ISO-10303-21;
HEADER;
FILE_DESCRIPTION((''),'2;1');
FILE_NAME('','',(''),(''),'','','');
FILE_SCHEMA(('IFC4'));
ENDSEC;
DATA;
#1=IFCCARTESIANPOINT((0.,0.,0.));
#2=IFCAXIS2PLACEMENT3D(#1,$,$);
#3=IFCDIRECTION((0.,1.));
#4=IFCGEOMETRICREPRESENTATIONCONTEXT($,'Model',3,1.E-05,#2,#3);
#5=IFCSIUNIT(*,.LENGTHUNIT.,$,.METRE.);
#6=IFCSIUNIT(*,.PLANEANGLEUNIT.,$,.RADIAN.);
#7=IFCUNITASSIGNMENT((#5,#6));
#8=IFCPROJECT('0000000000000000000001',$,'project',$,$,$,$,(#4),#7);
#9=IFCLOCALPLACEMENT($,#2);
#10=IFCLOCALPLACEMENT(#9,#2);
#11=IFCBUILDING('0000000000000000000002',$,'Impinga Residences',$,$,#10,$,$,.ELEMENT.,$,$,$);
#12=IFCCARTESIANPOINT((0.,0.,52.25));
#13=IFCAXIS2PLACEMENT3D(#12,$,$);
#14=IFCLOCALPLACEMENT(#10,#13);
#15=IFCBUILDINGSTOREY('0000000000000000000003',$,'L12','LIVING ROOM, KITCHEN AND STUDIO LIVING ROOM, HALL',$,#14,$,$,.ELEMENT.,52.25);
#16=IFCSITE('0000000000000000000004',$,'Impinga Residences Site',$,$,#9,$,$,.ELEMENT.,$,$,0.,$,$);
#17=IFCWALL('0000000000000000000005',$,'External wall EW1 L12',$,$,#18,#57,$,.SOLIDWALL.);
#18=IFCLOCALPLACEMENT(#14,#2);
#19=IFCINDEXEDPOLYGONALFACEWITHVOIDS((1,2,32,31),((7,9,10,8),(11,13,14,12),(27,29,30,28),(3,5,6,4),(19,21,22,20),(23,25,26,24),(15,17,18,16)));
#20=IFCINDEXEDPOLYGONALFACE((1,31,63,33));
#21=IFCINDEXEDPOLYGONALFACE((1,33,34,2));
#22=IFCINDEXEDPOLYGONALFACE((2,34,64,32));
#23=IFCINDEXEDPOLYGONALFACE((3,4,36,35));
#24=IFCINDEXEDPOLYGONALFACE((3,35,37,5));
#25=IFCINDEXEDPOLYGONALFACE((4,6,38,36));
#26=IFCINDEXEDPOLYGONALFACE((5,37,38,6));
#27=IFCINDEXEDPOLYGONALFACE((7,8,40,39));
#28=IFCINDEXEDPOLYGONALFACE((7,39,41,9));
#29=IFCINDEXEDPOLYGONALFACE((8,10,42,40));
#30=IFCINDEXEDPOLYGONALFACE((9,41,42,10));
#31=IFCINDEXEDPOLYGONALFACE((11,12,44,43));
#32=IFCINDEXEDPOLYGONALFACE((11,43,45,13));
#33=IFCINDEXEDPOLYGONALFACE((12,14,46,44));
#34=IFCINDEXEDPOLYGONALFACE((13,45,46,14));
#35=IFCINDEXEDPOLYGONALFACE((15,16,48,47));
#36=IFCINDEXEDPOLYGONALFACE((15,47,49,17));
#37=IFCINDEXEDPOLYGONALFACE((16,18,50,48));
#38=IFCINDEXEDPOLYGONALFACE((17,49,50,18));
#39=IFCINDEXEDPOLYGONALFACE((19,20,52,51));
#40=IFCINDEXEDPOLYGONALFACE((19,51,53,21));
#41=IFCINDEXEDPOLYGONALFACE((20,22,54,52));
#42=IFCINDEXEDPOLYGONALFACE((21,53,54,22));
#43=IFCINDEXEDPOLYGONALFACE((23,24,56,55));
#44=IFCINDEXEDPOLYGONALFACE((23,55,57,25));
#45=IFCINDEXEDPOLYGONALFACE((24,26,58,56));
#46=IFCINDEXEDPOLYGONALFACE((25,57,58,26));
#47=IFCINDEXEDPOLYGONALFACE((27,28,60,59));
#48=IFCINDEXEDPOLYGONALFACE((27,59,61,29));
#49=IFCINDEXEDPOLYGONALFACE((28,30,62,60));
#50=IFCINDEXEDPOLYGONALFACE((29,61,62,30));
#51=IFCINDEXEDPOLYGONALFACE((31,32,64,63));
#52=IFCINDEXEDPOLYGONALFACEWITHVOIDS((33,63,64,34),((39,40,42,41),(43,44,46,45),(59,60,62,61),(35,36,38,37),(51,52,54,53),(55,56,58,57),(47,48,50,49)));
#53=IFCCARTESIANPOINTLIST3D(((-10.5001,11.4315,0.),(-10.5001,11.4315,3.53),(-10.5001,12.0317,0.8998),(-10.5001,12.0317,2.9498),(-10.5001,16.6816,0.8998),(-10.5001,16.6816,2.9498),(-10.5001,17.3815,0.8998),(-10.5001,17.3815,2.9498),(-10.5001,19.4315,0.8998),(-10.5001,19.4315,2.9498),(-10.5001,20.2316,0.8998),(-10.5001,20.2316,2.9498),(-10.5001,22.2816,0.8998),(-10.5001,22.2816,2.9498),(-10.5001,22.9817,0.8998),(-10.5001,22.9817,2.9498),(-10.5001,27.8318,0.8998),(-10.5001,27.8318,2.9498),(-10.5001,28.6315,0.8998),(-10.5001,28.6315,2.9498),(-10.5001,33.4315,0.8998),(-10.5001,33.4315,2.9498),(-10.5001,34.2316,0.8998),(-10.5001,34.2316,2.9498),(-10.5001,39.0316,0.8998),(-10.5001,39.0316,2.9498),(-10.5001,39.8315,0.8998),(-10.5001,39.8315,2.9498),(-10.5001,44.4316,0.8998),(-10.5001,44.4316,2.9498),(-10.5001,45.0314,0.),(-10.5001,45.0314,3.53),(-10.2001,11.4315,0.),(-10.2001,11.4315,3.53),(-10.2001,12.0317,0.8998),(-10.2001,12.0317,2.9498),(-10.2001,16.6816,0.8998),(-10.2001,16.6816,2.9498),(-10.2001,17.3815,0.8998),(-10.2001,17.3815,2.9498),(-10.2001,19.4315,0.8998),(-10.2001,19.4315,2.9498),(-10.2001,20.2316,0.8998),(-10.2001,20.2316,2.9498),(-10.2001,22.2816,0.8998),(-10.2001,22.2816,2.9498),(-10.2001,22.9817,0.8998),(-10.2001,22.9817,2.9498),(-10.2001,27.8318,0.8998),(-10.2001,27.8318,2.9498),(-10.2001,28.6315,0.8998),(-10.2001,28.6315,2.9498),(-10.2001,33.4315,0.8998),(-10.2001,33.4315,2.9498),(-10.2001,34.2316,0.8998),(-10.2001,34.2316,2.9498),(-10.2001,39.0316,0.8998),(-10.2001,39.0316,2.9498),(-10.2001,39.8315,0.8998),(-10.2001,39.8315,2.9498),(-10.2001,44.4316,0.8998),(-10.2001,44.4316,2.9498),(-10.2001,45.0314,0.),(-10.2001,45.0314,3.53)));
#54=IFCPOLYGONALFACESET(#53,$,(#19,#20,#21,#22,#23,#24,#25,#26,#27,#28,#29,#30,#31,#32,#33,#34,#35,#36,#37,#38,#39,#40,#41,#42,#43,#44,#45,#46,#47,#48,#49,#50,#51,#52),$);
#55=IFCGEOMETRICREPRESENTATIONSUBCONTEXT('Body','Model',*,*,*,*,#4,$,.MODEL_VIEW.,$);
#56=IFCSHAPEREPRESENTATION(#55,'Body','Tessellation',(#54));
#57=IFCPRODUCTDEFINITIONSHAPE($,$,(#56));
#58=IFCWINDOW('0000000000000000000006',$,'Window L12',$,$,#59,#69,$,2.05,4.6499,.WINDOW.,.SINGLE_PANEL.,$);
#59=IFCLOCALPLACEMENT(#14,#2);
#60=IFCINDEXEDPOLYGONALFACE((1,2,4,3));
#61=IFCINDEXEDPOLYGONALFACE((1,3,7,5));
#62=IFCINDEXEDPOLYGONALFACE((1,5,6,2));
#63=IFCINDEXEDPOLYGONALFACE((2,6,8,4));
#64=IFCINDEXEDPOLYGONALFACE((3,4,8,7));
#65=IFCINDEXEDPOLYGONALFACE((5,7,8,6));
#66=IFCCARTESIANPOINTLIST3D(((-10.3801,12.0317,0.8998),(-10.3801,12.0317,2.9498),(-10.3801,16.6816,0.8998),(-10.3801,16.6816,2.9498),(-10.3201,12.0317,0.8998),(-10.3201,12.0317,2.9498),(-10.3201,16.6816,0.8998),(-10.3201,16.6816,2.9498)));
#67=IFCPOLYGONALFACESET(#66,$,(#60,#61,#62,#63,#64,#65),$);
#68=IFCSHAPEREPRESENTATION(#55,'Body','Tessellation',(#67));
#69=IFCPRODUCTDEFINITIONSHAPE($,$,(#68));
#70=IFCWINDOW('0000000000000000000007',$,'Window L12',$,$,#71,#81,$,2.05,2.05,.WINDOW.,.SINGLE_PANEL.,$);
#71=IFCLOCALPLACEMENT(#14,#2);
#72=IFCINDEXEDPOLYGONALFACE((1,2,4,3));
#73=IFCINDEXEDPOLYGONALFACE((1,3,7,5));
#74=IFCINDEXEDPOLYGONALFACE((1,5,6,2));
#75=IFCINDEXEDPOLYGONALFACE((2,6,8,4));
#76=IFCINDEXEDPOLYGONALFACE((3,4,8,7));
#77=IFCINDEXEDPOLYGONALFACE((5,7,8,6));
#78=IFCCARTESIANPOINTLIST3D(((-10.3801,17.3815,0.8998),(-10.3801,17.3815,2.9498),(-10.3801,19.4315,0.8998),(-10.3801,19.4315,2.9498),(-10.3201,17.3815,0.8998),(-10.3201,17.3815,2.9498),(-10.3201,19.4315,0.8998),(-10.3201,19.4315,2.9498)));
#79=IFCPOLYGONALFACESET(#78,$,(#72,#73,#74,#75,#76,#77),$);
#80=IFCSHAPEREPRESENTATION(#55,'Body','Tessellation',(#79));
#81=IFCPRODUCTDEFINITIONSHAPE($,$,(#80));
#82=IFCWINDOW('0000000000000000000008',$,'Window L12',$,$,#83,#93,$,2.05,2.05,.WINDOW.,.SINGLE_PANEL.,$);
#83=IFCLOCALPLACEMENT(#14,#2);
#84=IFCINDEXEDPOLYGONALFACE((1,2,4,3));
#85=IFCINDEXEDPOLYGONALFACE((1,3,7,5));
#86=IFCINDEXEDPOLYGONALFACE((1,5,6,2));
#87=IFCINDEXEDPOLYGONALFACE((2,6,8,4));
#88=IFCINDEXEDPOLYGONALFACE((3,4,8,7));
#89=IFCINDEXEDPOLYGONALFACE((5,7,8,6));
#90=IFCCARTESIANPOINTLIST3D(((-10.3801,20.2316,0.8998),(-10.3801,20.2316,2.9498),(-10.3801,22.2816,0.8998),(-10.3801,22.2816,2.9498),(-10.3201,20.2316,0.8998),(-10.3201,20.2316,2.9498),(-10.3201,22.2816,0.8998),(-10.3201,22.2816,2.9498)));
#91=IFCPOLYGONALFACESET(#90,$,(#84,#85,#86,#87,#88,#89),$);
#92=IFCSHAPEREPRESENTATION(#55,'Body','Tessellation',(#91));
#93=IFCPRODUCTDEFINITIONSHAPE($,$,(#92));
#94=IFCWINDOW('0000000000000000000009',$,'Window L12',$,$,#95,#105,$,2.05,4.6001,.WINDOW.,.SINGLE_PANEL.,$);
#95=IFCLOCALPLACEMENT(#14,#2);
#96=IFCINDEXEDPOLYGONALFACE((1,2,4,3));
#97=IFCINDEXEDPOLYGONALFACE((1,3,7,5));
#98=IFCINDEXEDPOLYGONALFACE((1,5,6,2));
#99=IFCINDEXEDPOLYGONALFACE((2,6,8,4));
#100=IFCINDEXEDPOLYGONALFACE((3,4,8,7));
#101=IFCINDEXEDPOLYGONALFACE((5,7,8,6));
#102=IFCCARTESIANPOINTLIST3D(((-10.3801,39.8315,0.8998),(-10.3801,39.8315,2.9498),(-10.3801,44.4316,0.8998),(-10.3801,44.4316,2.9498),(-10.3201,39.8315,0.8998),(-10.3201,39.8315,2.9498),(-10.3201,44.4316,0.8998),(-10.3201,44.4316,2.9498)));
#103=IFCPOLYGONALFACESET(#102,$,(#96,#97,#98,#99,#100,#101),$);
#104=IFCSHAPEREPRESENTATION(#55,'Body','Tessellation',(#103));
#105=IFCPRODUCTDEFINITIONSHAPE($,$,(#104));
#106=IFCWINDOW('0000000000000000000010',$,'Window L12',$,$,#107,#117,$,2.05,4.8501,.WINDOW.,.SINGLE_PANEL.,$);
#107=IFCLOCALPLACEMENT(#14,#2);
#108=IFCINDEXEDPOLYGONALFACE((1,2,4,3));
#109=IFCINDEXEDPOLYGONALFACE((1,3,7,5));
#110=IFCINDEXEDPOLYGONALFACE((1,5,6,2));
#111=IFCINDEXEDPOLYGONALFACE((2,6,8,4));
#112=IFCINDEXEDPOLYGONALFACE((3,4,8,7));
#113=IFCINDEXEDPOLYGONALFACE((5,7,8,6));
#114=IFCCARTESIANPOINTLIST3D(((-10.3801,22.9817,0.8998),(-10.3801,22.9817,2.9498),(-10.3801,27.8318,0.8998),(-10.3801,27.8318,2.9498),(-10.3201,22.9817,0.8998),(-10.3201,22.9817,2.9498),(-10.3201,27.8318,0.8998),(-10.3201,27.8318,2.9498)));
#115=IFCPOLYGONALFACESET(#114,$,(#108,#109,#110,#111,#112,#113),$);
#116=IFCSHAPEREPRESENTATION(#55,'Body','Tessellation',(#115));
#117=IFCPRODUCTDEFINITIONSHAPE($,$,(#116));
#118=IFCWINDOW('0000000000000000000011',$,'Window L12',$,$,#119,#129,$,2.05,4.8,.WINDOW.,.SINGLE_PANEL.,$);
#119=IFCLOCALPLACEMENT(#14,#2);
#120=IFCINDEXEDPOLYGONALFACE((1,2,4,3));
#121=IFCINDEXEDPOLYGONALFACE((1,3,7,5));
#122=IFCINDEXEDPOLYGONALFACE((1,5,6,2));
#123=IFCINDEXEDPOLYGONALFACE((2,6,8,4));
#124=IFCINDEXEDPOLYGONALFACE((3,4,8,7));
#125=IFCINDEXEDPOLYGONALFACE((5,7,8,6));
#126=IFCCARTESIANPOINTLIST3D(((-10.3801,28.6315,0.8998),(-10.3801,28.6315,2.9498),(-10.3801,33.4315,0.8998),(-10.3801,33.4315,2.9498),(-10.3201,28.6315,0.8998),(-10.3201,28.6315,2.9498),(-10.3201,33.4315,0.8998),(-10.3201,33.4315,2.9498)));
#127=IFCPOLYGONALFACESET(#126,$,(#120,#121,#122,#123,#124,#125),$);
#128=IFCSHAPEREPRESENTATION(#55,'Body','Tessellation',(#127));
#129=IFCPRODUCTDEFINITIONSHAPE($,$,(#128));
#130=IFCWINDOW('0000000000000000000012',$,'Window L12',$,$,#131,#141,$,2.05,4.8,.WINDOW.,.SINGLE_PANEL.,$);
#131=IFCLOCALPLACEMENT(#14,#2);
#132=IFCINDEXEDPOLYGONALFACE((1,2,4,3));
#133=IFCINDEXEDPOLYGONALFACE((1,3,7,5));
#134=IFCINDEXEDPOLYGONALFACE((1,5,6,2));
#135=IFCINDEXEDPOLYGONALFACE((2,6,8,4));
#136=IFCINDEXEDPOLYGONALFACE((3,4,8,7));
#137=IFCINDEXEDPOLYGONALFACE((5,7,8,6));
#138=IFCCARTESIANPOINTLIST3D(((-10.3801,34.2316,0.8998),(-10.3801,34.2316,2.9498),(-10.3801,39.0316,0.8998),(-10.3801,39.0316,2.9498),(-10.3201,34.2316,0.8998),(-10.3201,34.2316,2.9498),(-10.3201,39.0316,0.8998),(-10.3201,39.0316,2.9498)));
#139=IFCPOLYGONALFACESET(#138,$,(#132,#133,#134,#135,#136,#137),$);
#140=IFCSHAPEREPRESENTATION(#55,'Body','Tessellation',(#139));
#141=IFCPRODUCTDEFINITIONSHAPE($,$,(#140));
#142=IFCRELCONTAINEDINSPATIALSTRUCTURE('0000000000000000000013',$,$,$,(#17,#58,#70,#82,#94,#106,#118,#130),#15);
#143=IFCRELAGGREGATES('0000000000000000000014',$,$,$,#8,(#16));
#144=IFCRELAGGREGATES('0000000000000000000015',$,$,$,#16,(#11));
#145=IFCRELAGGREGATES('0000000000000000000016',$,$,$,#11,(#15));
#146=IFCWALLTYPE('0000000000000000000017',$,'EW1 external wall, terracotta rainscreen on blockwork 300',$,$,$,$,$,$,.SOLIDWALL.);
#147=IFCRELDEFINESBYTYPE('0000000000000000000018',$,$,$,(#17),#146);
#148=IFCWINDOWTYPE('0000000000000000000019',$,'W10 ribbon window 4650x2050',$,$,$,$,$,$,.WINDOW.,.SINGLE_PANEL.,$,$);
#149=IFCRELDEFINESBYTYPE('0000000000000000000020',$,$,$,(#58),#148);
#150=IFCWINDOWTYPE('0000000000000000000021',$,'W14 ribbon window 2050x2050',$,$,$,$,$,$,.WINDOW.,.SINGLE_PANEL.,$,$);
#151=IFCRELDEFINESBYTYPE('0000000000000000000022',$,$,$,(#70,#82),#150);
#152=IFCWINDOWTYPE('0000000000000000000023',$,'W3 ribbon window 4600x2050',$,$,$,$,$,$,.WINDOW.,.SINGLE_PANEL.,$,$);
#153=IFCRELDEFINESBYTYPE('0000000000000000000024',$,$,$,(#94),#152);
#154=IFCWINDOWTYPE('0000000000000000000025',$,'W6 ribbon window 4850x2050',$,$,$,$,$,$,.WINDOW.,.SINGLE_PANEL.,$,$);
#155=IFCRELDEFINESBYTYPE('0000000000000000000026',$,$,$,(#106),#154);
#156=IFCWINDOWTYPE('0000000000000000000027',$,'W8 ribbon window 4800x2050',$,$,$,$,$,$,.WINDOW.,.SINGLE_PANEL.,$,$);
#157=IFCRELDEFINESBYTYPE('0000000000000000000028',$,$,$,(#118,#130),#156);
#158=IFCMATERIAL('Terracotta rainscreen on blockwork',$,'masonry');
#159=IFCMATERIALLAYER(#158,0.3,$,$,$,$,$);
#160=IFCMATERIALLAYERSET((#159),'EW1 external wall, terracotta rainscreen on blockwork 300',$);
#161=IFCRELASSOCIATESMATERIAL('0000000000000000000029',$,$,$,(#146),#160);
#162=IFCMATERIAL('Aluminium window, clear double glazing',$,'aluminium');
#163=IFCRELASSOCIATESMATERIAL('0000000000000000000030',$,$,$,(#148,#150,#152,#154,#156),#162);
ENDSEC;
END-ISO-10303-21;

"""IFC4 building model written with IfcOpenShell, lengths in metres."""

from ifc_helpers import new_model, si_unit, direction, frame, frame_2d, origin, place, context, subcontext, project, spatial, rectangle, extrude, material, layer, layer_set, type_object, element, fill, save


model = new_model("IFC4")

# Units and contexts
model_context = context("Model", 3, precision=1e-05, world=origin(), true_north=direction((0.0, 1.0)))
body_context = subcontext(model_context, "Body", "Model", "MODEL_VIEW")
ifc_project = project(units=[si_unit("LENGTHUNIT", "METRE"), si_unit("PLANEANGLEUNIT", "RADIAN")], contexts=[model_context])

# Site, building, storey
site_placement = place(None, origin())
site = spatial("IfcSite", under=ifc_project, at=site_placement, Name="Impinga Residences Site", CompositionType="ELEMENT", RefElevation=0.0)
building_placement = place(site_placement, origin())
building = spatial("IfcBuilding", under=site, at=building_placement, Name="Impinga Residences", CompositionType="ELEMENT")
storey_placement = place(building_placement, frame((0.0, 0.0, 52.25)))
storey = spatial("IfcBuildingStorey", under=building, at=storey_placement, Name="L12", Description="LIVING ROOM, KITCHEN AND STUDIO LIVING ROOM, HALL", CompositionType="ELEMENT", Elevation=52.25)

# Shared definitions
ifc_material_1 = material(Name="Terracotta rainscreen on blockwork", Category="masonry")
ifc_layer_1 = layer(ifc_material_1, 0.3)
ifc_layer_set_1 = layer_set([ifc_layer_1], Name="EW1 external wall, terracotta rainscreen on blockwork 300")
wall_type_1 = type_object("IfcWallType", Name="EW1 external wall, terracotta rainscreen on blockwork 300", PredefinedType="SOLIDWALL", material=ifc_layer_set_1)

# Wall, openings, windows
wall_1_placement = place(storey_placement, frame((-10.3501, 11.4316, 0.0), z_axis=(0.0, 0.0, 1.0), x_axis=(0.0, 1.0, 0.0)))
wall_1 = element("IfcWall", 1, at=wall_1_placement, inside=storey, type_object=wall_type_1, Name="External wall EW1 L12", PredefinedType="SOLIDWALL", context=body_context, shape_type="SweptSolid", body=[
    extrude(rectangle(XDim=33.5999, YDim=0.3, at=frame_2d((16.7998, 0.0))), origin(), (0.0, 0.0, 1.0), 3.53),
])
opening_1_placement = place(wall_1_placement, frame((0.6001, 0.0, 0.8999)))
opening_1 = element("IfcOpeningElement", 2, at=opening_1_placement, cuts=wall_1, PredefinedType="OPENING", context=body_context, shape_type="SweptSolid", body=[
    extrude(rectangle(XDim=4.6499, YDim=2.05, at=frame_2d((2.325, 1.0249))), frame((0.0, 0.1599, 0.0), z_axis=(0.0, -1.0, 0.0), x_axis=(1.0, 0.0, 0.0)), (0.0, 0.0, 1.0), 0.3201),
])
opening_2_placement = place(wall_1_placement, frame((5.95, 0.0, 0.8999)))
opening_2 = element("IfcOpeningElement", 3, at=opening_2_placement, cuts=wall_1, PredefinedType="OPENING", context=body_context, shape_type="SweptSolid", body=[
    extrude(rectangle(XDim=2.05, YDim=2.05, at=frame_2d((1.0249, 1.0249))), frame((0.0, 0.1599, 0.0), z_axis=(0.0, -1.0, 0.0), x_axis=(1.0, 0.0, 0.0)), (0.0, 0.0, 1.0), 0.3201),
])
opening_3_placement = place(wall_1_placement, frame((8.8, 0.0, 0.8999)))
opening_3 = element("IfcOpeningElement", 4, at=opening_3_placement, cuts=wall_1, PredefinedType="OPENING", context=body_context, shape_type="SweptSolid", body=[
    extrude(rectangle(XDim=2.05, YDim=2.05, at=frame_2d((1.0249, 1.0249))), frame((0.0, 0.1599, 0.0), z_axis=(0.0, -1.0, 0.0), x_axis=(1.0, 0.0, 0.0)), (0.0, 0.0, 1.0), 0.3201),
])
opening_4_placement = place(wall_1_placement, frame((11.55, 0.0, 0.8999)))
opening_4 = element("IfcOpeningElement", 5, at=opening_4_placement, cuts=wall_1, PredefinedType="OPENING", context=body_context, shape_type="SweptSolid", body=[
    extrude(rectangle(XDim=4.8501, YDim=2.05, at=frame_2d((2.425, 1.0249))), frame((0.0, 0.1599, 0.0), z_axis=(0.0, -1.0, 0.0), x_axis=(1.0, 0.0, 0.0)), (0.0, 0.0, 1.0), 0.3201),
])
opening_5_placement = place(wall_1_placement, frame((17.2, 0.0, 0.8999)))
opening_5 = element("IfcOpeningElement", 6, at=opening_5_placement, cuts=wall_1, PredefinedType="OPENING", context=body_context, shape_type="SweptSolid", body=[
    extrude(rectangle(XDim=4.8, YDim=2.05, at=frame_2d((2.3999, 1.0249))), frame((0.0, 0.1599, 0.0), z_axis=(0.0, -1.0, 0.0), x_axis=(1.0, 0.0, 0.0)), (0.0, 0.0, 1.0), 0.3201),
])
opening_6_placement = place(wall_1_placement, frame((22.8, 0.0, 0.8999)))
opening_6 = element("IfcOpeningElement", 7, at=opening_6_placement, cuts=wall_1, PredefinedType="OPENING", context=body_context, shape_type="SweptSolid", body=[
    extrude(rectangle(XDim=4.8, YDim=2.05, at=frame_2d((2.3999, 1.0249))), frame((0.0, 0.1599, 0.0), z_axis=(0.0, -1.0, 0.0), x_axis=(1.0, 0.0, 0.0)), (0.0, 0.0, 1.0), 0.3201),
])
opening_7_placement = place(wall_1_placement, frame((28.3999, 0.0, 0.8999)))
opening_7 = element("IfcOpeningElement", 8, at=opening_7_placement, cuts=wall_1, PredefinedType="OPENING", context=body_context, shape_type="SweptSolid", body=[
    extrude(rectangle(XDim=4.6001, YDim=2.05, at=frame_2d((2.3, 1.0249))), frame((0.0, 0.1599, 0.0), z_axis=(0.0, -1.0, 0.0), x_axis=(1.0, 0.0, 0.0)), (0.0, 0.0, 1.0), 0.3201),
])
ifc_material_2 = material(Name="Aluminium window, clear double glazing", Category="aluminium")
window_type_1 = type_object("IfcWindowType", Name="W10 ribbon window 4650x2050", PartitioningType="SINGLE_PANEL", PredefinedType="WINDOW", material=ifc_material_2)
window_1_placement = place(opening_1_placement, origin())
window_1 = element("IfcWindow", 9, at=window_1_placement, inside=storey, type_object=window_type_1, Name="Window L12", OverallHeight=2.05, OverallWidth=4.6499, PartitioningType="SINGLE_PANEL", PredefinedType="WINDOW", context=body_context, shape_type="SweptSolid", body=[
    extrude(rectangle(XDim=4.6499, YDim=2.05, at=frame_2d((2.325, 1.0249))), frame((0.0, 0.03, 0.0), z_axis=(0.0, -1.0, 0.0), x_axis=(1.0, 0.0, 0.0)), (0.0, 0.0, 1.0), 0.0601),
])
fill(opening_1, window_1)
window_type_2 = type_object("IfcWindowType", Name="W14 ribbon window 2050x2050", PartitioningType="SINGLE_PANEL", PredefinedType="WINDOW", material=ifc_material_2)
window_2_placement = place(opening_2_placement, origin())
window_2 = element("IfcWindow", 10, at=window_2_placement, inside=storey, type_object=window_type_2, Name="Window L12", OverallHeight=2.05, OverallWidth=2.05, PartitioningType="SINGLE_PANEL", PredefinedType="WINDOW", context=body_context, shape_type="SweptSolid", body=[
    extrude(rectangle(XDim=2.05, YDim=2.05, at=frame_2d((1.0249, 1.0249))), frame((0.0, 0.03, 0.0), z_axis=(0.0, -1.0, 0.0), x_axis=(1.0, 0.0, 0.0)), (0.0, 0.0, 1.0), 0.0601),
])
fill(opening_2, window_2)
window_3_placement = place(opening_3_placement, origin())
window_3 = element("IfcWindow", 11, at=window_3_placement, inside=storey, type_object=window_type_2, Name="Window L12", OverallHeight=2.05, OverallWidth=2.05, PartitioningType="SINGLE_PANEL", PredefinedType="WINDOW", context=body_context, shape_type="SweptSolid", body=[
    extrude(rectangle(XDim=2.05, YDim=2.05, at=frame_2d((1.0249, 1.0249))), frame((0.0, 0.03, 0.0), z_axis=(0.0, -1.0, 0.0), x_axis=(1.0, 0.0, 0.0)), (0.0, 0.0, 1.0), 0.0601),
])
fill(opening_3, window_3)
window_type_3 = type_object("IfcWindowType", Name="W3 ribbon window 4600x2050", PartitioningType="SINGLE_PANEL", PredefinedType="WINDOW", material=ifc_material_2)
window_4_placement = place(opening_7_placement, origin())
window_4 = element("IfcWindow", 12, at=window_4_placement, inside=storey, type_object=window_type_3, Name="Window L12", OverallHeight=2.05, OverallWidth=4.6001, PartitioningType="SINGLE_PANEL", PredefinedType="WINDOW", context=body_context, shape_type="SweptSolid", body=[
    extrude(rectangle(XDim=4.6001, YDim=2.05, at=frame_2d((2.3, 1.0249))), frame((0.0, 0.03, 0.0), z_axis=(0.0, -1.0, 0.0), x_axis=(1.0, 0.0, 0.0)), (0.0, 0.0, 1.0), 0.0601),
])
fill(opening_7, window_4)
window_type_4 = type_object("IfcWindowType", Name="W6 ribbon window 4850x2050", PartitioningType="SINGLE_PANEL", PredefinedType="WINDOW", material=ifc_material_2)
window_5_placement = place(opening_4_placement, origin())
window_5 = element("IfcWindow", 13, at=window_5_placement, inside=storey, type_object=window_type_4, Name="Window L12", OverallHeight=2.05, OverallWidth=4.8501, PartitioningType="SINGLE_PANEL", PredefinedType="WINDOW", context=body_context, shape_type="SweptSolid", body=[
    extrude(rectangle(XDim=4.8501, YDim=2.05, at=frame_2d((2.425, 1.0249))), frame((0.0, 0.03, 0.0), z_axis=(0.0, -1.0, 0.0), x_axis=(1.0, 0.0, 0.0)), (0.0, 0.0, 1.0), 0.0601),
])
fill(opening_4, window_5)
window_type_5 = type_object("IfcWindowType", Name="W8 ribbon window 4800x2050", PartitioningType="SINGLE_PANEL", PredefinedType="WINDOW", material=ifc_material_2)
window_6_placement = place(opening_5_placement, origin())
window_6 = element("IfcWindow", 14, at=window_6_placement, inside=storey, type_object=window_type_5, Name="Window L12", OverallHeight=2.05, OverallWidth=4.8, PartitioningType="SINGLE_PANEL", PredefinedType="WINDOW", context=body_context, shape_type="SweptSolid", body=[
    extrude(rectangle(XDim=4.8, YDim=2.05, at=frame_2d((2.3999, 1.0249))), frame((0.0, 0.03, 0.0), z_axis=(0.0, -1.0, 0.0), x_axis=(1.0, 0.0, 0.0)), (0.0, 0.0, 1.0), 0.0601),
])
fill(opening_5, window_6)
window_7_placement = place(opening_6_placement, origin())
window_7 = element("IfcWindow", 15, at=window_7_placement, inside=storey, type_object=window_type_5, Name="Window L12", OverallHeight=2.05, OverallWidth=4.8, PartitioningType="SINGLE_PANEL", PredefinedType="WINDOW", context=body_context, shape_type="SweptSolid", body=[
    extrude(rectangle(XDim=4.8, YDim=2.05, at=frame_2d((2.3999, 1.0249))), frame((0.0, 0.03, 0.0), z_axis=(0.0, -1.0, 0.0), x_axis=(1.0, 0.0, 0.0)), (0.0, 0.0, 1.0), 0.0601),
])
fill(opening_6, window_7)

save(model, "model.ifc")
